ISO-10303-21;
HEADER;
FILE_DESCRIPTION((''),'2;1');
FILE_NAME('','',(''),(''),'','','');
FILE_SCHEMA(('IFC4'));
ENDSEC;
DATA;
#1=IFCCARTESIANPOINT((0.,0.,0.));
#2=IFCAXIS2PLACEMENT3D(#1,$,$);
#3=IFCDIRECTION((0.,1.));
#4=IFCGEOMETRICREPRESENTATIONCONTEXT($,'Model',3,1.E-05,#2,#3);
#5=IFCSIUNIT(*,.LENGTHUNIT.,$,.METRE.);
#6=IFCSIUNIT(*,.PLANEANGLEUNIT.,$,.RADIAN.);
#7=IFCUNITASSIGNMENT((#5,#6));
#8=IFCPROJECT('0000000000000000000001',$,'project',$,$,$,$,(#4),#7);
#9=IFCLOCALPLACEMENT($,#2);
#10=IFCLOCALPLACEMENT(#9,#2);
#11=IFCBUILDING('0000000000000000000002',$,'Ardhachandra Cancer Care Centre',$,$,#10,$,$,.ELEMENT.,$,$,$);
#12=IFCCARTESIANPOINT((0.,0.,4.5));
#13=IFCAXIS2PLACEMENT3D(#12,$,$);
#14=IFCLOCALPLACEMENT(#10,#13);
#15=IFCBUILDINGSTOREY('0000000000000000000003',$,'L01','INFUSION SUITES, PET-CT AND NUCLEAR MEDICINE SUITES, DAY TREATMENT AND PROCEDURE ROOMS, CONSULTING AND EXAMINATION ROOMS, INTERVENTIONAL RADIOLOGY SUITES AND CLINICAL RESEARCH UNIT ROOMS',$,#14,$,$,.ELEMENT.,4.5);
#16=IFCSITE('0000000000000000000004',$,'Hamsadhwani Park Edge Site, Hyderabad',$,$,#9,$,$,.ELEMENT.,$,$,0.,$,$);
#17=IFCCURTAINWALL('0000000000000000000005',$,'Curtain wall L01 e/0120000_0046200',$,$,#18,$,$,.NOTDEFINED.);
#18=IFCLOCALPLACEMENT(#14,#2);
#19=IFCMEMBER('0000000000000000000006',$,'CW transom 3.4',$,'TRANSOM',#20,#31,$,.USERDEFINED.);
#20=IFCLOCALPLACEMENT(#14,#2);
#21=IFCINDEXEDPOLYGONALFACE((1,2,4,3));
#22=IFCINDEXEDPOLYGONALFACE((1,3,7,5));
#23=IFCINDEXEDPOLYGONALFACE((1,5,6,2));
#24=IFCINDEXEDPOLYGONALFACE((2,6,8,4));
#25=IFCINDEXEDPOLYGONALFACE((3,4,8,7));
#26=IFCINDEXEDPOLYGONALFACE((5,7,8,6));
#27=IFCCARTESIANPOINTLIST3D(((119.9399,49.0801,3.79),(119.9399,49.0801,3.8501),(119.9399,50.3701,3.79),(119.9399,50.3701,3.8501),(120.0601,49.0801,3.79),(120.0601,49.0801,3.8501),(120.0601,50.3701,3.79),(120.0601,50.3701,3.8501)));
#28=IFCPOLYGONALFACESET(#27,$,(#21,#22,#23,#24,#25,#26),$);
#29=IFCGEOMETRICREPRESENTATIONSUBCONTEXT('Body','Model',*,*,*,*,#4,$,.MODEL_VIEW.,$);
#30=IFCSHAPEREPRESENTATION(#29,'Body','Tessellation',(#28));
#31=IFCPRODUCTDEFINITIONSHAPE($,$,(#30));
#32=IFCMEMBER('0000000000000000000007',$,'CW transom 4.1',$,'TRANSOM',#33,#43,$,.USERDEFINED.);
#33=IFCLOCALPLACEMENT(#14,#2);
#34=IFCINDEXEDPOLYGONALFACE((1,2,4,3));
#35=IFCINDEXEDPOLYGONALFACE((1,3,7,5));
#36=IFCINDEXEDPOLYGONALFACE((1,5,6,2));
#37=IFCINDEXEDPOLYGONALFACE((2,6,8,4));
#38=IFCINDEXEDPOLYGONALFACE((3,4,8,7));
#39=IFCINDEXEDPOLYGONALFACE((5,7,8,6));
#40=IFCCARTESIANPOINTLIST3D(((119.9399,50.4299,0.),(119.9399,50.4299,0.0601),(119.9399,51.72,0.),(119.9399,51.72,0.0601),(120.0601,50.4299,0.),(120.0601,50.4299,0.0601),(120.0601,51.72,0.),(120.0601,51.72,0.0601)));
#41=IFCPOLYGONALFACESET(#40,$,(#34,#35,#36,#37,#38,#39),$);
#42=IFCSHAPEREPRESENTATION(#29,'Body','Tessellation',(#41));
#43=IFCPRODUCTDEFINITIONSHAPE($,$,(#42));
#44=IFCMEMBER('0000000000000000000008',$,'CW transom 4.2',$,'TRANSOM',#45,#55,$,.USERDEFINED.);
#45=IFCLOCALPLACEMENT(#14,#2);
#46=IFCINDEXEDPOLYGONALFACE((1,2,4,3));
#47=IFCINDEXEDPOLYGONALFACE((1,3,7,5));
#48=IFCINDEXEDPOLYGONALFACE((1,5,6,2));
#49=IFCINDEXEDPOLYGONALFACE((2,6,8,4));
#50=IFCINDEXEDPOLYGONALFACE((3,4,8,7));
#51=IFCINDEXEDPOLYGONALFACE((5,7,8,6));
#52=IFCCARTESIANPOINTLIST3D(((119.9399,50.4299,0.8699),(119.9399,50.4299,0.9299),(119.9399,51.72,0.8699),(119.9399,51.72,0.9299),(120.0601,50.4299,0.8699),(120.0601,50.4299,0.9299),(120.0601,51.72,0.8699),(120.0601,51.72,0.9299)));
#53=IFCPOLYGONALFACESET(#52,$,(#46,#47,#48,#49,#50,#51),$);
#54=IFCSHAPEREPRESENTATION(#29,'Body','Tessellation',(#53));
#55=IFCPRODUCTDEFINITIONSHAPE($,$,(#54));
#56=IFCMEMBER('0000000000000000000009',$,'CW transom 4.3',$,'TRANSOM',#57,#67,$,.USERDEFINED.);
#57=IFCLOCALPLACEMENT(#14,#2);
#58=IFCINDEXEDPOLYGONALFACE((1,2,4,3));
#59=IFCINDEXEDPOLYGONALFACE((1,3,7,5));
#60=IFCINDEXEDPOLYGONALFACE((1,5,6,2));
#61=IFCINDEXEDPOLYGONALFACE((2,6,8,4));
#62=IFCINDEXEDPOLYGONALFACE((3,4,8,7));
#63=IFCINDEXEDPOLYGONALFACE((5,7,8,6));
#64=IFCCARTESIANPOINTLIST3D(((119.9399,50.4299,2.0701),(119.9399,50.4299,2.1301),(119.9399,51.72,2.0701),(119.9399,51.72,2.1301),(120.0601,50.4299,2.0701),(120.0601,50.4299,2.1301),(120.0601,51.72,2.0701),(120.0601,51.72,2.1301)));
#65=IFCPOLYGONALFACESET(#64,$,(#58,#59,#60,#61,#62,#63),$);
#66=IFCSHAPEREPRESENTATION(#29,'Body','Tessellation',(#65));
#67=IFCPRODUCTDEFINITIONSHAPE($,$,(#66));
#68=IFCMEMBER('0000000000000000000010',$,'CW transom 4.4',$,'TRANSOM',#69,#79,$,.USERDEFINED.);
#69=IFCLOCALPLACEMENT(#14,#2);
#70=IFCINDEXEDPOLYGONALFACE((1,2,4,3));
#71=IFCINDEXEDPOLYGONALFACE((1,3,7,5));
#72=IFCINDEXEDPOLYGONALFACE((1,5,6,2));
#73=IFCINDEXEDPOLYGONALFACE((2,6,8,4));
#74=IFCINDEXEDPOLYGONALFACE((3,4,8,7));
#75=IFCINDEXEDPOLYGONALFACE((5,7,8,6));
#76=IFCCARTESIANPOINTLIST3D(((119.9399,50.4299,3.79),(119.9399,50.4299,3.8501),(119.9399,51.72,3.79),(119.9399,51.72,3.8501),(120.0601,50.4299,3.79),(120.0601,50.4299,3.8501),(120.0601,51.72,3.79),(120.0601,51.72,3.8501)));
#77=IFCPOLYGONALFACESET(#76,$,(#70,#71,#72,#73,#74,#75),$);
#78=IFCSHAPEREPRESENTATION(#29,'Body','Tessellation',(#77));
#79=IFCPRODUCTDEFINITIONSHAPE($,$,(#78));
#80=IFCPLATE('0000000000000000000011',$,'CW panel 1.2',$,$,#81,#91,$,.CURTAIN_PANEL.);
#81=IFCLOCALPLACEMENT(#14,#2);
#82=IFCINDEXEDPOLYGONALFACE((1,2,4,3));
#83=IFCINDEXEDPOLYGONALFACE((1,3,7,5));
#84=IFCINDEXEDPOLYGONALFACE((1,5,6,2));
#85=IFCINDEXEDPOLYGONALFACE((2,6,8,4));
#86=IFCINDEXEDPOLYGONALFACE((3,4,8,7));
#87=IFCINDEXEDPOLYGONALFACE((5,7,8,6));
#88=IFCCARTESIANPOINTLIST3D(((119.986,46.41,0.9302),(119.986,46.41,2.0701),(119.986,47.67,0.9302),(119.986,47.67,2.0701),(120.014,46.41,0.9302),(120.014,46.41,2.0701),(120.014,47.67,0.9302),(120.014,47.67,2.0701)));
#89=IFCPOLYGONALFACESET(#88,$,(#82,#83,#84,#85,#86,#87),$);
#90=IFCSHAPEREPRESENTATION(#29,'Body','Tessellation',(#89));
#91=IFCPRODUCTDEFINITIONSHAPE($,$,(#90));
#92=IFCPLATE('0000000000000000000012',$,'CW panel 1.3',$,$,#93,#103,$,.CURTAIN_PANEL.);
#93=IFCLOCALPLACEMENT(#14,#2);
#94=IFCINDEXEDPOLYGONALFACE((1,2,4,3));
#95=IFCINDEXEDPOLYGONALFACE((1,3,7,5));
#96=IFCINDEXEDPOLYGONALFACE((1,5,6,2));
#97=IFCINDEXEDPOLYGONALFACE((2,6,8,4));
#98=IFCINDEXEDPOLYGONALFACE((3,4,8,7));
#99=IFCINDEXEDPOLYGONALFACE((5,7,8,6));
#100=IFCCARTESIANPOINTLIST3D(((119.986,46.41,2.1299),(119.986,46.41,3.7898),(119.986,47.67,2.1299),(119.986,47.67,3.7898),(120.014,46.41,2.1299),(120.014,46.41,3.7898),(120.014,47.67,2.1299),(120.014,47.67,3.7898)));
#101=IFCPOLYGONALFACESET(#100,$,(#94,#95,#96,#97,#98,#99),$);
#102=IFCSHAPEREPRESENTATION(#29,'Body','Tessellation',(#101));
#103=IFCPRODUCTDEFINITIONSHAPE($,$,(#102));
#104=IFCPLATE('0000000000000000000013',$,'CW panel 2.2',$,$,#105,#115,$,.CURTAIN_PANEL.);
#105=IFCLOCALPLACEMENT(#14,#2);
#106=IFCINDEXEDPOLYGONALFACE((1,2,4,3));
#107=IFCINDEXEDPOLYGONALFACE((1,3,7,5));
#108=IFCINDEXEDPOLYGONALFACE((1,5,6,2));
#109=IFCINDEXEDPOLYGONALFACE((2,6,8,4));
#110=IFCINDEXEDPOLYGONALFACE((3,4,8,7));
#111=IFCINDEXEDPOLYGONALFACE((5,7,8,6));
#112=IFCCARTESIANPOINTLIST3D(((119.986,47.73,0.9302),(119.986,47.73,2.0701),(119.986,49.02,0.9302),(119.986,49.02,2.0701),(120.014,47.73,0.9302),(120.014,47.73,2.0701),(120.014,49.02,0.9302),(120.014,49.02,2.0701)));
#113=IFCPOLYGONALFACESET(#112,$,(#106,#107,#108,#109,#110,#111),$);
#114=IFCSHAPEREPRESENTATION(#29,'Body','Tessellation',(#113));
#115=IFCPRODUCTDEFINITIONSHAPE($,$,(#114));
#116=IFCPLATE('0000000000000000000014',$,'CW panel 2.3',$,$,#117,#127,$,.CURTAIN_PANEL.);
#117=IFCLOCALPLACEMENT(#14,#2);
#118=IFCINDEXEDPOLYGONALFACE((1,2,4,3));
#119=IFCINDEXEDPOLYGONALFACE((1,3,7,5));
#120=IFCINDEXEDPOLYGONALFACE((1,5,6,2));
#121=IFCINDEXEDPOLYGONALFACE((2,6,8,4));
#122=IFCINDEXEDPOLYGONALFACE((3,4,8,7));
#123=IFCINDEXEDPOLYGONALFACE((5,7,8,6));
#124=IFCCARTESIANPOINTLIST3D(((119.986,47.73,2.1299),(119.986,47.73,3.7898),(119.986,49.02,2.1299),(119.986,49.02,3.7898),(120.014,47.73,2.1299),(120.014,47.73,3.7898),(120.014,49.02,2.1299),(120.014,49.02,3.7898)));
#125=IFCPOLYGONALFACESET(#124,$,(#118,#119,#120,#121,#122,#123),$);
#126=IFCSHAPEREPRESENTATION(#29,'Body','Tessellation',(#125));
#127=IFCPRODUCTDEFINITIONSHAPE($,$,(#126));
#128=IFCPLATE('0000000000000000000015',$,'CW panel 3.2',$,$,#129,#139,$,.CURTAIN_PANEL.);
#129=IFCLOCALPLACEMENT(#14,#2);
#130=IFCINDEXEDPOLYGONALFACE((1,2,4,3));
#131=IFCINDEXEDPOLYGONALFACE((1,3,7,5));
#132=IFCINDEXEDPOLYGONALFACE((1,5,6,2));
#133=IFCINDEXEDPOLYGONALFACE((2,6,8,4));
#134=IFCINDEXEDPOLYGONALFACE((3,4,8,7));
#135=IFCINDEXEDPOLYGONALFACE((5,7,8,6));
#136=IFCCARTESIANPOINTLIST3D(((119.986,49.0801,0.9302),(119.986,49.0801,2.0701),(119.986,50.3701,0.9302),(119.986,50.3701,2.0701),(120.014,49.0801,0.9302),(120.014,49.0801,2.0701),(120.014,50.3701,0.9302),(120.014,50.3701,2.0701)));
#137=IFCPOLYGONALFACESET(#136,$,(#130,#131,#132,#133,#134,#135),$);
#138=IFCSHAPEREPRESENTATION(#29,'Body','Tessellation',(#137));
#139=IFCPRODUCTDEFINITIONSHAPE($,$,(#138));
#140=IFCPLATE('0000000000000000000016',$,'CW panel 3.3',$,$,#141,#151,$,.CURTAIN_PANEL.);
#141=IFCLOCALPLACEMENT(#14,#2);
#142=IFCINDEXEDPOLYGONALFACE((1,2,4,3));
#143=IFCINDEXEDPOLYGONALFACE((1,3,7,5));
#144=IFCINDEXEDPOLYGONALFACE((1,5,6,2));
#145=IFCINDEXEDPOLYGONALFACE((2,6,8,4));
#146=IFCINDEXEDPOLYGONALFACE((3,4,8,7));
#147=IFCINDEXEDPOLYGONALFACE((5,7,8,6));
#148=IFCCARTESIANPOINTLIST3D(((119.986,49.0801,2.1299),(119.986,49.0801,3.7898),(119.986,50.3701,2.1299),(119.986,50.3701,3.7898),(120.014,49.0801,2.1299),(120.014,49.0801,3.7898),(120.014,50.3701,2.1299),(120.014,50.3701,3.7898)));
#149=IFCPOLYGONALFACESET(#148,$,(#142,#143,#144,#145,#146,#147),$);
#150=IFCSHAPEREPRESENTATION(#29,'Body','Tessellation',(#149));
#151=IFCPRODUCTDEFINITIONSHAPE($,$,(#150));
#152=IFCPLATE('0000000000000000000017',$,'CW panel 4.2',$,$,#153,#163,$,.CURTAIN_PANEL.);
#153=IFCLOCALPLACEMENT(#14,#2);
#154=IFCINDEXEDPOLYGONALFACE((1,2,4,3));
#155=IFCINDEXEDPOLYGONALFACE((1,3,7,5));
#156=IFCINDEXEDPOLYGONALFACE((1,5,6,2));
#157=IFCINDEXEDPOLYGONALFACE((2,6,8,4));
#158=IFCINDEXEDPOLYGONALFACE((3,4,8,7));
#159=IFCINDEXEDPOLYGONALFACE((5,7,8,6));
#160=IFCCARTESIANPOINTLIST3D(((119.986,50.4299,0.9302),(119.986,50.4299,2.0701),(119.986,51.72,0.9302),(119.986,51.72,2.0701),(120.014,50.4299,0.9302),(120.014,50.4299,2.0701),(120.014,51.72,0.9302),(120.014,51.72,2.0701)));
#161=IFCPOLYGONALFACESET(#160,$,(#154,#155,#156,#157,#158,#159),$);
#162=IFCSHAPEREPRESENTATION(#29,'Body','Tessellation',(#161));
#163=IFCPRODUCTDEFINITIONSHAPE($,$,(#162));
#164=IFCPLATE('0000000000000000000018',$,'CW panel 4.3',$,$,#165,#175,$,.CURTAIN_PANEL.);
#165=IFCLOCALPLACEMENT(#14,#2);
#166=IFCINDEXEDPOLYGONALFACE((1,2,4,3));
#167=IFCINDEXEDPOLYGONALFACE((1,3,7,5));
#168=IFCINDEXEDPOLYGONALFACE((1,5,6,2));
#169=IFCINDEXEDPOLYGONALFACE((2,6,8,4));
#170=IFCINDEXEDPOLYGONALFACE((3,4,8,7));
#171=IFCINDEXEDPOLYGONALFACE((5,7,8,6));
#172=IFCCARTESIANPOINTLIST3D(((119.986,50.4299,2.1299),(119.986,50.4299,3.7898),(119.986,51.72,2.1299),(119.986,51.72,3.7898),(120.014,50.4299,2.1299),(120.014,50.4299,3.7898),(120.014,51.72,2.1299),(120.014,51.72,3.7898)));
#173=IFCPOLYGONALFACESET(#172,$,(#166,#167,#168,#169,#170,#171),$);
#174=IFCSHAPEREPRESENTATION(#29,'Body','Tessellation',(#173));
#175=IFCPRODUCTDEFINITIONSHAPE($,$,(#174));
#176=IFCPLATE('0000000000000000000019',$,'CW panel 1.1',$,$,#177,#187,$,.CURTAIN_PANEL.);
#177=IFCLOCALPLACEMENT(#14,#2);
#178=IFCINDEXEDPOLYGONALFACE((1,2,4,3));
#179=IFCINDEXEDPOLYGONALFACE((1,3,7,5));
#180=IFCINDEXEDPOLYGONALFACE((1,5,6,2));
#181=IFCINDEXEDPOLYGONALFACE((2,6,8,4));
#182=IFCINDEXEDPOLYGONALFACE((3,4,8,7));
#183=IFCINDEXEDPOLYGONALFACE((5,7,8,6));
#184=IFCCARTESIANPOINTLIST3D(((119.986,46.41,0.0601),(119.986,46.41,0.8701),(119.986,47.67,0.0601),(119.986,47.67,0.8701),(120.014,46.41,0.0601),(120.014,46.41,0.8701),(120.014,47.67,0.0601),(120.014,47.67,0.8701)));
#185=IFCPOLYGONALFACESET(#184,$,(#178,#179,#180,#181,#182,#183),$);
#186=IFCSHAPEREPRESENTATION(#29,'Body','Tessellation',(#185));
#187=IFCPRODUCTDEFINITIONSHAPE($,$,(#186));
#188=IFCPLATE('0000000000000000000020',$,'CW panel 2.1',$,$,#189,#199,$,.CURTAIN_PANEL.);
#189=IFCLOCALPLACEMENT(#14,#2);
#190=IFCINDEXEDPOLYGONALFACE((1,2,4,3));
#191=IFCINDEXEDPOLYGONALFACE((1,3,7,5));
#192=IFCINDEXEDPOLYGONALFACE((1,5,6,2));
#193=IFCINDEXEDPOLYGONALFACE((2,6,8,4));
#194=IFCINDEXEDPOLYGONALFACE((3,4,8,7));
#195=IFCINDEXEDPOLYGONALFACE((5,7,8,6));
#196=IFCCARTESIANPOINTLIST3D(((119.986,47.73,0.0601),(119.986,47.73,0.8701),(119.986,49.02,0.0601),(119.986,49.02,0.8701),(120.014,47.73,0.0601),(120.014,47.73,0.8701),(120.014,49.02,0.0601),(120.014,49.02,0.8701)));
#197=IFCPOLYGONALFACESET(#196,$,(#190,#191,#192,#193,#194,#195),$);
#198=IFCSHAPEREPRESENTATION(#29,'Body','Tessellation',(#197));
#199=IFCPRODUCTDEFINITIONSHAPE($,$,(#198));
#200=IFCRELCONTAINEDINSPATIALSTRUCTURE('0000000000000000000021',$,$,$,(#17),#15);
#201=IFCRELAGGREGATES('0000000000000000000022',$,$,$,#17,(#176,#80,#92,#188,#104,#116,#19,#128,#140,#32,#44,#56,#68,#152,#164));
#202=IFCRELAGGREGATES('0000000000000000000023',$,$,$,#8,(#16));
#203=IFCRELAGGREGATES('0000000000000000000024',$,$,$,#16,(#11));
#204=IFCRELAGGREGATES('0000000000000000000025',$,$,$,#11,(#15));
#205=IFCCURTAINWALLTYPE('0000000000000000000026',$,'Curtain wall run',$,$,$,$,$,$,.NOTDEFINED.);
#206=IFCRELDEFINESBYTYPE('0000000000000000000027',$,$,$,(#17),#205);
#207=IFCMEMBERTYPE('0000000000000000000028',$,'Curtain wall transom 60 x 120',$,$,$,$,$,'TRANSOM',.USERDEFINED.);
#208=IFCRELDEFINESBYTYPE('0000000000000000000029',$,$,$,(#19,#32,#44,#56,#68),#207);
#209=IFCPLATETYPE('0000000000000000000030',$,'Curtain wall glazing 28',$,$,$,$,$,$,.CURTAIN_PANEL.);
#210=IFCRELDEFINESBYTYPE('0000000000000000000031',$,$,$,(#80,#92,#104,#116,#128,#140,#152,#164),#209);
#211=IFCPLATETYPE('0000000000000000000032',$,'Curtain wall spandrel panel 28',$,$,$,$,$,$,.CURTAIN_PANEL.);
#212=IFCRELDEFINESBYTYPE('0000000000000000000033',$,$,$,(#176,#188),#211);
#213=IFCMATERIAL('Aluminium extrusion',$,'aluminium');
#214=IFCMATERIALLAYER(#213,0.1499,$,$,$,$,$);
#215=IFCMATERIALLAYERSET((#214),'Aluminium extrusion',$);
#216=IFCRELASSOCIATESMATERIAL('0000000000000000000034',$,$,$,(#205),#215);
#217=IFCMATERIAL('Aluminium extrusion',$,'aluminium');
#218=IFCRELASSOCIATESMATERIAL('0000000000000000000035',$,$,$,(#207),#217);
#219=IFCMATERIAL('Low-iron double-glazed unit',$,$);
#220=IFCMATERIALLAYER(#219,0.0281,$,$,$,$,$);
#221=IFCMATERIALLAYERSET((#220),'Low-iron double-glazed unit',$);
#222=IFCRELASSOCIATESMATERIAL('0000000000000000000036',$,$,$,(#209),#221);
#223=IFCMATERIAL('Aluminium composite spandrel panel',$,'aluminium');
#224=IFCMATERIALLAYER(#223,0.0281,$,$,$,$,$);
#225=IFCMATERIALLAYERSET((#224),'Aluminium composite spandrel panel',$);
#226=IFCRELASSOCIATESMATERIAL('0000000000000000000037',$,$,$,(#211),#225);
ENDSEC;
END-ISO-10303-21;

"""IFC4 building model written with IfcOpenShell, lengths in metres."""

from ifc_helpers import new_model, si_unit, direction, frame, origin, origin_2d, place, context, subcontext, project, spatial, rectangle, extrude, material, layer, layer_set, material_profile, profile_set, type_object, element, aggregate, save


model = new_model("IFC4")

# Units and contexts
model_context = context("Model", 3, precision=1e-05, world=origin(), true_north=direction((0.0, 1.0)))
body_context = subcontext(model_context, "Body", "Model", "MODEL_VIEW")
ifc_project = project(units=[si_unit("LENGTHUNIT", "METRE"), si_unit("PLANEANGLEUNIT", "RADIAN")], contexts=[model_context])

# Site, building, storey
site_placement = place(None, origin())
site = spatial("IfcSite", under=ifc_project, at=site_placement, Name="Hamsadhwani Park Edge Site, Hyderabad", CompositionType="ELEMENT", RefElevation=0.0)
building_placement = place(site_placement, origin())
building = spatial("IfcBuilding", under=site, at=building_placement, Name="Ardhachandra Cancer Care Centre", CompositionType="ELEMENT")
storey_placement = place(building_placement, frame((0.0, 0.0, 4.5)))
storey = spatial("IfcBuildingStorey", under=building, at=storey_placement, Name="L01", Description="INFUSION SUITES, PET-CT AND NUCLEAR MEDICINE SUITES, DAY TREATMENT AND PROCEDURE ROOMS, CONSULTING AND EXAMINATION ROOMS, INTERVENTIONAL RADIOLOGY SUITES AND CLINICAL RESEARCH UNIT ROOMS", CompositionType="ELEMENT", Elevation=4.5)

# Curtain wall, members, plates
ifc_material_1 = material(Name="Aluminium extrusion", Category="aluminium")
ifc_layer_1 = layer(ifc_material_1, 0.1499)
ifc_layer_set_1 = layer_set([ifc_layer_1], Name="Aluminium extrusion")
curtain_wall_type = type_object("IfcCurtainWallType", Name="Curtain wall run", PredefinedType="NOTDEFINED", material=ifc_layer_set_1)
curtain_wall_placement = place(storey_placement, origin())
curtain_wall = element("IfcCurtainWall", 1, at=curtain_wall_placement, inside=storey, type_object=curtain_wall_type, Name="Curtain wall L01 e/0120000_0046200", PredefinedType="NOTDEFINED")
ifc_material_2 = material(Name="Aluminium extrusion", Category="aluminium")
ifc_material_profile_1 = material_profile(ifc_material_2, rectangle(XDim=0.1201, YDim=0.0601, at=origin_2d()), Name="Curtain wall transom 60 x 120")
ifc_profile_set_1 = profile_set([ifc_material_profile_1], Name="Aluminium extrusion")
member_type_1 = type_object("IfcMemberType", Name="Curtain wall transom 60 x 120", ElementType="TRANSOM", PredefinedType="USERDEFINED", material=ifc_profile_set_1)
member_1_placement = place(storey_placement, frame((120.0, 49.0801, 3.8201), z_axis=(0.0, 1.0, 0.0), x_axis=(-1.0, 0.0, 0.0)))
member_1 = element("IfcMember", 2, at=member_1_placement, type_object=member_type_1, Name="CW transom 3.4", ObjectType="TRANSOM", PredefinedType="USERDEFINED", context=body_context, shape_type="SweptSolid", body=[
    extrude(rectangle(XDim=0.1201, YDim=0.0601, at=origin_2d()), origin(), (0.0, 0.0, 1.0), 1.29),
])
member_2_placement = place(storey_placement, frame((120.0, 50.4299, 0.03), z_axis=(0.0, 1.0, 0.0), x_axis=(-1.0, 0.0, 0.0)))
member_2 = element("IfcMember", 3, at=member_2_placement, type_object=member_type_1, Name="CW transom 4.1", ObjectType="TRANSOM", PredefinedType="USERDEFINED", context=body_context, shape_type="SweptSolid", body=[
    extrude(rectangle(XDim=0.1201, YDim=0.0601, at=origin_2d()), origin(), (0.0, 0.0, 1.0), 1.29),
])
member_3_placement = place(storey_placement, frame((120.0, 50.4299, 0.8999), z_axis=(0.0, 1.0, 0.0), x_axis=(-1.0, 0.0, 0.0)))
member_3 = element("IfcMember", 4, at=member_3_placement, type_object=member_type_1, Name="CW transom 4.2", ObjectType="TRANSOM", PredefinedType="USERDEFINED", context=body_context, shape_type="SweptSolid", body=[
    extrude(rectangle(XDim=0.1201, YDim=0.0601, at=origin_2d()), origin(), (0.0, 0.0, 1.0), 1.29),
])
member_4_placement = place(storey_placement, frame((120.0, 50.4299, 2.1001), z_axis=(0.0, 1.0, 0.0), x_axis=(-1.0, 0.0, 0.0)))
member_4 = element("IfcMember", 5, at=member_4_placement, type_object=member_type_1, Name="CW transom 4.3", ObjectType="TRANSOM", PredefinedType="USERDEFINED", context=body_context, shape_type="SweptSolid", body=[
    extrude(rectangle(XDim=0.1201, YDim=0.0601, at=origin_2d()), origin(), (0.0, 0.0, 1.0), 1.29),
])
member_5_placement = place(storey_placement, frame((120.0, 50.4299, 3.8201), z_axis=(0.0, 1.0, 0.0), x_axis=(-1.0, 0.0, 0.0)))
member_5 = element("IfcMember", 6, at=member_5_placement, type_object=member_type_1, Name="CW transom 4.4", ObjectType="TRANSOM", PredefinedType="USERDEFINED", context=body_context, shape_type="SweptSolid", body=[
    extrude(rectangle(XDim=0.1201, YDim=0.0601, at=origin_2d()), origin(), (0.0, 0.0, 1.0), 1.29),
])
ifc_material_3 = material(Name="Low-iron double-glazed unit")
ifc_layer_2 = layer(ifc_material_3, 0.0281)
ifc_layer_set_2 = layer_set([ifc_layer_2], Name="Low-iron double-glazed unit")
plate_type_1 = type_object("IfcPlateType", Name="Curtain wall glazing 28", PredefinedType="CURTAIN_PANEL", material=ifc_layer_set_2)
plate_1_placement = place(storey_placement, frame((120.0, 47.04, 0.9302), z_axis=(0.0, 0.0, 1.0), x_axis=(0.0, 1.0, 0.0)))
plate_1 = element("IfcPlate", 7, at=plate_1_placement, type_object=plate_type_1, Name="CW panel 1.2", PredefinedType="CURTAIN_PANEL", context=body_context, shape_type="SweptSolid", body=[
    extrude(rectangle(XDim=1.26, YDim=0.0281, at=origin_2d()), origin(), (0.0, 0.0, 1.0), 1.1399),
])
plate_2_placement = place(storey_placement, frame((120.0, 47.04, 2.1299), z_axis=(0.0, 0.0, 1.0), x_axis=(0.0, 1.0, 0.0)))
plate_2 = element("IfcPlate", 8, at=plate_2_placement, type_object=plate_type_1, Name="CW panel 1.3", PredefinedType="CURTAIN_PANEL", context=body_context, shape_type="SweptSolid", body=[
    extrude(rectangle(XDim=1.26, YDim=0.0281, at=origin_2d()), origin(), (0.0, 0.0, 1.0), 1.6599),
])
plate_3_placement = place(storey_placement, frame((120.0, 48.375, 0.9302), z_axis=(0.0, 0.0, 1.0), x_axis=(0.0, 1.0, 0.0)))
plate_3 = element("IfcPlate", 9, at=plate_3_placement, type_object=plate_type_1, Name="CW panel 2.2", PredefinedType="CURTAIN_PANEL", context=body_context, shape_type="SweptSolid", body=[
    extrude(rectangle(XDim=1.29, YDim=0.0281, at=origin_2d()), origin(), (0.0, 0.0, 1.0), 1.1399),
])
plate_4_placement = place(storey_placement, frame((120.0, 48.375, 2.1299), z_axis=(0.0, 0.0, 1.0), x_axis=(0.0, 1.0, 0.0)))
plate_4 = element("IfcPlate", 10, at=plate_4_placement, type_object=plate_type_1, Name="CW panel 2.3", PredefinedType="CURTAIN_PANEL", context=body_context, shape_type="SweptSolid", body=[
    extrude(rectangle(XDim=1.29, YDim=0.0281, at=origin_2d()), origin(), (0.0, 0.0, 1.0), 1.6599),
])
plate_5_placement = place(storey_placement, frame((120.0, 49.7251, 0.9302), z_axis=(0.0, 0.0, 1.0), x_axis=(0.0, 1.0, 0.0)))
plate_5 = element("IfcPlate", 11, at=plate_5_placement, type_object=plate_type_1, Name="CW panel 3.2", PredefinedType="CURTAIN_PANEL", context=body_context, shape_type="SweptSolid", body=[
    extrude(rectangle(XDim=1.29, YDim=0.0281, at=origin_2d()), origin(), (0.0, 0.0, 1.0), 1.1399),
])
plate_6_placement = place(storey_placement, frame((120.0, 49.7251, 2.1299), z_axis=(0.0, 0.0, 1.0), x_axis=(0.0, 1.0, 0.0)))
plate_6 = element("IfcPlate", 12, at=plate_6_placement, type_object=plate_type_1, Name="CW panel 3.3", PredefinedType="CURTAIN_PANEL", context=body_context, shape_type="SweptSolid", body=[
    extrude(rectangle(XDim=1.29, YDim=0.0281, at=origin_2d()), origin(), (0.0, 0.0, 1.0), 1.6599),
])
plate_7_placement = place(storey_placement, frame((120.0, 51.075, 0.9302), z_axis=(0.0, 0.0, 1.0), x_axis=(0.0, 1.0, 0.0)))
plate_7 = element("IfcPlate", 13, at=plate_7_placement, type_object=plate_type_1, Name="CW panel 4.2", PredefinedType="CURTAIN_PANEL", context=body_context, shape_type="SweptSolid", body=[
    extrude(rectangle(XDim=1.29, YDim=0.0281, at=origin_2d()), origin(), (0.0, 0.0, 1.0), 1.1399),
])
plate_8_placement = place(storey_placement, frame((120.0, 51.075, 2.1299), z_axis=(0.0, 0.0, 1.0), x_axis=(0.0, 1.0, 0.0)))
plate_8 = element("IfcPlate", 14, at=plate_8_placement, type_object=plate_type_1, Name="CW panel 4.3", PredefinedType="CURTAIN_PANEL", context=body_context, shape_type="SweptSolid", body=[
    extrude(rectangle(XDim=1.29, YDim=0.0281, at=origin_2d()), origin(), (0.0, 0.0, 1.0), 1.6599),
])
ifc_material_4 = material(Name="Aluminium composite spandrel panel", Category="aluminium")
ifc_layer_3 = layer(ifc_material_4, 0.0281)
ifc_layer_set_3 = layer_set([ifc_layer_3], Name="Aluminium composite spandrel panel")
plate_type_2 = type_object("IfcPlateType", Name="Curtain wall spandrel panel 28", PredefinedType="CURTAIN_PANEL", material=ifc_layer_set_3)
plate_9_placement = place(storey_placement, frame((120.0, 47.04, 0.0601), z_axis=(0.0, 0.0, 1.0), x_axis=(0.0, 1.0, 0.0)))
plate_9 = element("IfcPlate", 15, at=plate_9_placement, type_object=plate_type_2, Name="CW panel 1.1", PredefinedType="CURTAIN_PANEL", context=body_context, shape_type="SweptSolid", body=[
    extrude(rectangle(XDim=1.26, YDim=0.0281, at=origin_2d()), origin(), (0.0, 0.0, 1.0), 0.8101),
])
plate_10_placement = place(storey_placement, frame((120.0, 48.375, 0.0601), z_axis=(0.0, 0.0, 1.0), x_axis=(0.0, 1.0, 0.0)))
plate_10 = element("IfcPlate", 16, at=plate_10_placement, type_object=plate_type_2, Name="CW panel 2.1", PredefinedType="CURTAIN_PANEL", context=body_context, shape_type="SweptSolid", body=[
    extrude(rectangle(XDim=1.29, YDim=0.0281, at=origin_2d()), origin(), (0.0, 0.0, 1.0), 0.8101),
])
aggregate(curtain_wall, [plate_9, plate_1, plate_2, plate_10, plate_3, plate_4, member_1, plate_5, plate_6, member_2, member_3, member_4, member_5, plate_7, plate_8])

save(model, "model.ifc")
